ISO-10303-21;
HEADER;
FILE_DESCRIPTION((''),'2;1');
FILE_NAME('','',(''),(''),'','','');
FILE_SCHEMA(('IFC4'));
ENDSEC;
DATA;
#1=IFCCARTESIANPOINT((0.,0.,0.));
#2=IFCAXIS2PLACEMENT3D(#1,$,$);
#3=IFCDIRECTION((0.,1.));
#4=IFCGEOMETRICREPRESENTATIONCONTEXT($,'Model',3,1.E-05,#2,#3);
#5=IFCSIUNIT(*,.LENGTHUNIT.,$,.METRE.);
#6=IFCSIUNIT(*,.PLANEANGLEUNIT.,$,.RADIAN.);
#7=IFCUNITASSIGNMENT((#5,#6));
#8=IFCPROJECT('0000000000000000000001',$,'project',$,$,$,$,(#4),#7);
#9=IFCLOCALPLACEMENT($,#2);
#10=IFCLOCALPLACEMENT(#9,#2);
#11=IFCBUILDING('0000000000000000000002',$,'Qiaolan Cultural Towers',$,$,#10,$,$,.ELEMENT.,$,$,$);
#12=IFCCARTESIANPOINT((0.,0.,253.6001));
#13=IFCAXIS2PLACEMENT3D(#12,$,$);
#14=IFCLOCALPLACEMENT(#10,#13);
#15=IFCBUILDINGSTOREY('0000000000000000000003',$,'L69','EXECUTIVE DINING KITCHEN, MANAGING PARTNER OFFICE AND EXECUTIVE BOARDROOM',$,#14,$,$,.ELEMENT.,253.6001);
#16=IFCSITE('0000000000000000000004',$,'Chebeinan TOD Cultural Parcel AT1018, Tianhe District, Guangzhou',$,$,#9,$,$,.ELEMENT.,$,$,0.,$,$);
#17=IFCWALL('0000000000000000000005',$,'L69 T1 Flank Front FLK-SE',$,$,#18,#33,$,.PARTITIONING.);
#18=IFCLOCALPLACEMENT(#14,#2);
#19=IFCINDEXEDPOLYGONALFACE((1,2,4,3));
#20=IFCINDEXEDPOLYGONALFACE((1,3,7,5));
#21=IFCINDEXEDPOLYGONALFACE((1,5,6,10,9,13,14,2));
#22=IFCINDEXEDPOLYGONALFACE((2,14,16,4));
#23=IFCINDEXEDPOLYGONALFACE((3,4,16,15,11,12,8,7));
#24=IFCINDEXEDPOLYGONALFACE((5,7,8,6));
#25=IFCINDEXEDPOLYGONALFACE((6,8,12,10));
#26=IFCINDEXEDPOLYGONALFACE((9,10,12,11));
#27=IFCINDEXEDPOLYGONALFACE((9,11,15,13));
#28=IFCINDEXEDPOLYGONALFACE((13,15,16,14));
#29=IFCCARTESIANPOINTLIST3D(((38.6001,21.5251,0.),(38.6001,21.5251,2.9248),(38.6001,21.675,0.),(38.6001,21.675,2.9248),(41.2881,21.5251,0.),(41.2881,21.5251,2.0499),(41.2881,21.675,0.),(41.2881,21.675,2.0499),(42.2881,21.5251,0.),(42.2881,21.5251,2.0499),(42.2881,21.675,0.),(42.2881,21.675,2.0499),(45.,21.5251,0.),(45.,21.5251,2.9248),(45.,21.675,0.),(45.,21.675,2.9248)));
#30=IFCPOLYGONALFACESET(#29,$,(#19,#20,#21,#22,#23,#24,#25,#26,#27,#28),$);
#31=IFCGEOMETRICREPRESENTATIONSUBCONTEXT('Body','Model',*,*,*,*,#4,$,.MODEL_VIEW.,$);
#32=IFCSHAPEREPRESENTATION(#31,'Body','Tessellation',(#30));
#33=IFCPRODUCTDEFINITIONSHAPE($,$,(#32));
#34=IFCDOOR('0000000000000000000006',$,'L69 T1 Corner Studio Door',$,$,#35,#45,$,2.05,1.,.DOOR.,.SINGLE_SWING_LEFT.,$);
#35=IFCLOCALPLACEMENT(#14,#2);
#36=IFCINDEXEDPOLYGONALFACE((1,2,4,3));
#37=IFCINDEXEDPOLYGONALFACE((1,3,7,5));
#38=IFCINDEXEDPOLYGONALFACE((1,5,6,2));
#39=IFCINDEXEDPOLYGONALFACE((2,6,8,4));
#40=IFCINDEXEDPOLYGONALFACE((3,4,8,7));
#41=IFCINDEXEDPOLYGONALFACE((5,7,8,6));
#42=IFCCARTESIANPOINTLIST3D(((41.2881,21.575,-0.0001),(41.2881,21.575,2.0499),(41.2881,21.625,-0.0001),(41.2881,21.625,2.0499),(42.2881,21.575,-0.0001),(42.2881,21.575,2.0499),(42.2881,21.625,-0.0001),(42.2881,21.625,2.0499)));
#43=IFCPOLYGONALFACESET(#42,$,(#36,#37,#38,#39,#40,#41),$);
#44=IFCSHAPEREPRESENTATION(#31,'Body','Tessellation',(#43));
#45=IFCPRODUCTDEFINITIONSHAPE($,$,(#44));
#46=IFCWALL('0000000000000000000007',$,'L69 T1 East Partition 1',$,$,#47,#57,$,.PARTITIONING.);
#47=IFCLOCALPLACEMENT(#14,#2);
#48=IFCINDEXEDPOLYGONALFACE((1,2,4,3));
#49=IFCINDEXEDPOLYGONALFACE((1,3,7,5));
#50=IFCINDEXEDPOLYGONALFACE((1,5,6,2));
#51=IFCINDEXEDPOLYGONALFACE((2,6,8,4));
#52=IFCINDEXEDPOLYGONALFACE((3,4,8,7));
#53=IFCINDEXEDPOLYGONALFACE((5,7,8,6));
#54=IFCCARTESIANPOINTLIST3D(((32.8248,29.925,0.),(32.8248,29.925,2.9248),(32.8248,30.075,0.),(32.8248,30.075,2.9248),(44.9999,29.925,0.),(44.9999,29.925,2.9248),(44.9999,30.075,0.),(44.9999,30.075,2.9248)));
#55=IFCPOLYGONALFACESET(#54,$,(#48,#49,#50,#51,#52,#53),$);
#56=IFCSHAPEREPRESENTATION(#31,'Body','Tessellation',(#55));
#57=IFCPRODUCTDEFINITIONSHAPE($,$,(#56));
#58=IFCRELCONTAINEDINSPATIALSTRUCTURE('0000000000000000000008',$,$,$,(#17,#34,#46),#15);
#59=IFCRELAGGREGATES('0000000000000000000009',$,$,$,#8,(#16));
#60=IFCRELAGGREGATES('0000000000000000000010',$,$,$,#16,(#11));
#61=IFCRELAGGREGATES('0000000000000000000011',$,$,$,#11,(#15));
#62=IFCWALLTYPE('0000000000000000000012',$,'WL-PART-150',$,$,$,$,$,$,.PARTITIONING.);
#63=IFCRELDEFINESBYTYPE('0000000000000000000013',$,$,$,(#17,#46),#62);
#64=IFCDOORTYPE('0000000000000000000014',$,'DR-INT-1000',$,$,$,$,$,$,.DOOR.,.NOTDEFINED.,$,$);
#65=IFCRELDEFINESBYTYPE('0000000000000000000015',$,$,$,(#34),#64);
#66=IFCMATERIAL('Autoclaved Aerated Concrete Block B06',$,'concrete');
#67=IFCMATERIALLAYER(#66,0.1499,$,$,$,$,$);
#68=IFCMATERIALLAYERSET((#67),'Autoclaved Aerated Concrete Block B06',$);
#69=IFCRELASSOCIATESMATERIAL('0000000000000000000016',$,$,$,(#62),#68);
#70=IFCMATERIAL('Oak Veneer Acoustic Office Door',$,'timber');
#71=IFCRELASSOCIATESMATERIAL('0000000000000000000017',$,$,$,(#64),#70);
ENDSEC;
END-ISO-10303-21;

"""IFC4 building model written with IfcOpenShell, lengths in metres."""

from ifc_helpers import new_model, si_unit, direction, frame, frame_2d, origin, place, context, subcontext, project, spatial, rectangle, extrude, material, layer, layer_set, type_object, element, fill, save


model = new_model("IFC4")

# Units and contexts
model_context = context("Model", 3, precision=1e-05, world=origin(), true_north=direction((0.0, 1.0)))
body_context = subcontext(model_context, "Body", "Model", "MODEL_VIEW")
ifc_project = project(units=[si_unit("LENGTHUNIT", "METRE"), si_unit("PLANEANGLEUNIT", "RADIAN")], contexts=[model_context])

# Site, building, storey
site_placement = place(None, origin())
site = spatial("IfcSite", under=ifc_project, at=site_placement, Name="Chebeinan TOD Cultural Parcel AT1018, Tianhe District, Guangzhou", CompositionType="ELEMENT", RefElevation=0.0)
building_placement = place(site_placement, origin())
building = spatial("IfcBuilding", under=site, at=building_placement, Name="Qiaolan Cultural Towers", CompositionType="ELEMENT")
storey_placement = place(building_placement, frame((0.0, 0.0, 253.6001)))
storey = spatial("IfcBuildingStorey", under=building, at=storey_placement, Name="L69", Description="EXECUTIVE DINING KITCHEN, MANAGING PARTNER OFFICE AND EXECUTIVE BOARDROOM", CompositionType="ELEMENT", Elevation=253.6001)

# Shared definitions
ifc_material_1 = material(Name="Autoclaved Aerated Concrete Block B06", Category="concrete")
ifc_layer_1 = layer(ifc_material_1, 0.1499)
ifc_layer_set_1 = layer_set([ifc_layer_1], Name="Autoclaved Aerated Concrete Block B06")
wall_type_1 = type_object("IfcWallType", Name="WL-PART-150", PredefinedType="PARTITIONING", material=ifc_layer_set_1)

# Wall, opening, door
wall_1_placement = place(storey_placement, frame((38.6001, 21.6001, 0.0), z_axis=(0.0, 0.0, 1.0), x_axis=(1.0, 0.0, 0.0)))
wall_1 = element("IfcWall", 1, at=wall_1_placement, inside=storey, type_object=wall_type_1, Name="L69 T1 Flank Front FLK-SE", PredefinedType="PARTITIONING", context=body_context, shape_type="SweptSolid", body=[
    extrude(rectangle(XDim=6.3999, YDim=0.1499, at=frame_2d((3.2, 0.0))), origin(), (0.0, 0.0, 1.0), 2.9248),
])
opening_1_placement = place(wall_1_placement, frame((2.688, 0.0, 0.0)))
opening_1 = element("IfcOpeningElement", 2, at=opening_1_placement, cuts=wall_1, PredefinedType="OPENING", context=body_context, shape_type="SweptSolid", body=[
    extrude(rectangle(XDim=1.0, YDim=2.05, at=frame_2d((0.5, 1.0249))), frame((0.0, 0.085, 0.0), z_axis=(0.0, -1.0, 0.0), x_axis=(1.0, 0.0, 0.0)), (0.0, 0.0, 1.0), 0.1699),
])
ifc_material_2 = material(Name="Oak Veneer Acoustic Office Door", Category="timber")
door_type_1 = type_object("IfcDoorType", Name="DR-INT-1000", OperationType="NOTDEFINED", PredefinedType="DOOR", material=ifc_material_2)
door_1_placement = place(opening_1_placement, origin())
door_1 = element("IfcDoor", 3, at=door_1_placement, inside=storey, type_object=door_type_1, Name="L69 T1 Corner Studio Door", OperationType="SINGLE_SWING_LEFT", OverallHeight=2.05, OverallWidth=1.0, PredefinedType="DOOR", context=body_context, shape_type="SweptSolid", body=[
    extrude(rectangle(XDim=1.0, YDim=2.05, at=frame_2d((0.5, 1.0249))), frame((0.0, 0.0249, 0.0), z_axis=(0.0, -1.0, 0.0), x_axis=(1.0, 0.0, 0.0)), (0.0, 0.0, 1.0), 0.05),
])
fill(opening_1, door_1)

# Wall
wall_2_placement = place(storey_placement, frame((32.825, 30.0, 0.0), z_axis=(0.0, 0.0, 1.0), x_axis=(1.0, 0.0, 0.0)))
element("IfcWall", 4, at=wall_2_placement, inside=storey, type_object=wall_type_1, Name="L69 T1 East Partition 1", PredefinedType="PARTITIONING", context=body_context, shape_type="SweptSolid", body=[
    extrude(rectangle(XDim=12.175, YDim=0.1499, at=frame_2d((6.0874, 0.0))), origin(), (0.0, 0.0, 1.0), 2.9248),
])

save(model, "model.ifc")
